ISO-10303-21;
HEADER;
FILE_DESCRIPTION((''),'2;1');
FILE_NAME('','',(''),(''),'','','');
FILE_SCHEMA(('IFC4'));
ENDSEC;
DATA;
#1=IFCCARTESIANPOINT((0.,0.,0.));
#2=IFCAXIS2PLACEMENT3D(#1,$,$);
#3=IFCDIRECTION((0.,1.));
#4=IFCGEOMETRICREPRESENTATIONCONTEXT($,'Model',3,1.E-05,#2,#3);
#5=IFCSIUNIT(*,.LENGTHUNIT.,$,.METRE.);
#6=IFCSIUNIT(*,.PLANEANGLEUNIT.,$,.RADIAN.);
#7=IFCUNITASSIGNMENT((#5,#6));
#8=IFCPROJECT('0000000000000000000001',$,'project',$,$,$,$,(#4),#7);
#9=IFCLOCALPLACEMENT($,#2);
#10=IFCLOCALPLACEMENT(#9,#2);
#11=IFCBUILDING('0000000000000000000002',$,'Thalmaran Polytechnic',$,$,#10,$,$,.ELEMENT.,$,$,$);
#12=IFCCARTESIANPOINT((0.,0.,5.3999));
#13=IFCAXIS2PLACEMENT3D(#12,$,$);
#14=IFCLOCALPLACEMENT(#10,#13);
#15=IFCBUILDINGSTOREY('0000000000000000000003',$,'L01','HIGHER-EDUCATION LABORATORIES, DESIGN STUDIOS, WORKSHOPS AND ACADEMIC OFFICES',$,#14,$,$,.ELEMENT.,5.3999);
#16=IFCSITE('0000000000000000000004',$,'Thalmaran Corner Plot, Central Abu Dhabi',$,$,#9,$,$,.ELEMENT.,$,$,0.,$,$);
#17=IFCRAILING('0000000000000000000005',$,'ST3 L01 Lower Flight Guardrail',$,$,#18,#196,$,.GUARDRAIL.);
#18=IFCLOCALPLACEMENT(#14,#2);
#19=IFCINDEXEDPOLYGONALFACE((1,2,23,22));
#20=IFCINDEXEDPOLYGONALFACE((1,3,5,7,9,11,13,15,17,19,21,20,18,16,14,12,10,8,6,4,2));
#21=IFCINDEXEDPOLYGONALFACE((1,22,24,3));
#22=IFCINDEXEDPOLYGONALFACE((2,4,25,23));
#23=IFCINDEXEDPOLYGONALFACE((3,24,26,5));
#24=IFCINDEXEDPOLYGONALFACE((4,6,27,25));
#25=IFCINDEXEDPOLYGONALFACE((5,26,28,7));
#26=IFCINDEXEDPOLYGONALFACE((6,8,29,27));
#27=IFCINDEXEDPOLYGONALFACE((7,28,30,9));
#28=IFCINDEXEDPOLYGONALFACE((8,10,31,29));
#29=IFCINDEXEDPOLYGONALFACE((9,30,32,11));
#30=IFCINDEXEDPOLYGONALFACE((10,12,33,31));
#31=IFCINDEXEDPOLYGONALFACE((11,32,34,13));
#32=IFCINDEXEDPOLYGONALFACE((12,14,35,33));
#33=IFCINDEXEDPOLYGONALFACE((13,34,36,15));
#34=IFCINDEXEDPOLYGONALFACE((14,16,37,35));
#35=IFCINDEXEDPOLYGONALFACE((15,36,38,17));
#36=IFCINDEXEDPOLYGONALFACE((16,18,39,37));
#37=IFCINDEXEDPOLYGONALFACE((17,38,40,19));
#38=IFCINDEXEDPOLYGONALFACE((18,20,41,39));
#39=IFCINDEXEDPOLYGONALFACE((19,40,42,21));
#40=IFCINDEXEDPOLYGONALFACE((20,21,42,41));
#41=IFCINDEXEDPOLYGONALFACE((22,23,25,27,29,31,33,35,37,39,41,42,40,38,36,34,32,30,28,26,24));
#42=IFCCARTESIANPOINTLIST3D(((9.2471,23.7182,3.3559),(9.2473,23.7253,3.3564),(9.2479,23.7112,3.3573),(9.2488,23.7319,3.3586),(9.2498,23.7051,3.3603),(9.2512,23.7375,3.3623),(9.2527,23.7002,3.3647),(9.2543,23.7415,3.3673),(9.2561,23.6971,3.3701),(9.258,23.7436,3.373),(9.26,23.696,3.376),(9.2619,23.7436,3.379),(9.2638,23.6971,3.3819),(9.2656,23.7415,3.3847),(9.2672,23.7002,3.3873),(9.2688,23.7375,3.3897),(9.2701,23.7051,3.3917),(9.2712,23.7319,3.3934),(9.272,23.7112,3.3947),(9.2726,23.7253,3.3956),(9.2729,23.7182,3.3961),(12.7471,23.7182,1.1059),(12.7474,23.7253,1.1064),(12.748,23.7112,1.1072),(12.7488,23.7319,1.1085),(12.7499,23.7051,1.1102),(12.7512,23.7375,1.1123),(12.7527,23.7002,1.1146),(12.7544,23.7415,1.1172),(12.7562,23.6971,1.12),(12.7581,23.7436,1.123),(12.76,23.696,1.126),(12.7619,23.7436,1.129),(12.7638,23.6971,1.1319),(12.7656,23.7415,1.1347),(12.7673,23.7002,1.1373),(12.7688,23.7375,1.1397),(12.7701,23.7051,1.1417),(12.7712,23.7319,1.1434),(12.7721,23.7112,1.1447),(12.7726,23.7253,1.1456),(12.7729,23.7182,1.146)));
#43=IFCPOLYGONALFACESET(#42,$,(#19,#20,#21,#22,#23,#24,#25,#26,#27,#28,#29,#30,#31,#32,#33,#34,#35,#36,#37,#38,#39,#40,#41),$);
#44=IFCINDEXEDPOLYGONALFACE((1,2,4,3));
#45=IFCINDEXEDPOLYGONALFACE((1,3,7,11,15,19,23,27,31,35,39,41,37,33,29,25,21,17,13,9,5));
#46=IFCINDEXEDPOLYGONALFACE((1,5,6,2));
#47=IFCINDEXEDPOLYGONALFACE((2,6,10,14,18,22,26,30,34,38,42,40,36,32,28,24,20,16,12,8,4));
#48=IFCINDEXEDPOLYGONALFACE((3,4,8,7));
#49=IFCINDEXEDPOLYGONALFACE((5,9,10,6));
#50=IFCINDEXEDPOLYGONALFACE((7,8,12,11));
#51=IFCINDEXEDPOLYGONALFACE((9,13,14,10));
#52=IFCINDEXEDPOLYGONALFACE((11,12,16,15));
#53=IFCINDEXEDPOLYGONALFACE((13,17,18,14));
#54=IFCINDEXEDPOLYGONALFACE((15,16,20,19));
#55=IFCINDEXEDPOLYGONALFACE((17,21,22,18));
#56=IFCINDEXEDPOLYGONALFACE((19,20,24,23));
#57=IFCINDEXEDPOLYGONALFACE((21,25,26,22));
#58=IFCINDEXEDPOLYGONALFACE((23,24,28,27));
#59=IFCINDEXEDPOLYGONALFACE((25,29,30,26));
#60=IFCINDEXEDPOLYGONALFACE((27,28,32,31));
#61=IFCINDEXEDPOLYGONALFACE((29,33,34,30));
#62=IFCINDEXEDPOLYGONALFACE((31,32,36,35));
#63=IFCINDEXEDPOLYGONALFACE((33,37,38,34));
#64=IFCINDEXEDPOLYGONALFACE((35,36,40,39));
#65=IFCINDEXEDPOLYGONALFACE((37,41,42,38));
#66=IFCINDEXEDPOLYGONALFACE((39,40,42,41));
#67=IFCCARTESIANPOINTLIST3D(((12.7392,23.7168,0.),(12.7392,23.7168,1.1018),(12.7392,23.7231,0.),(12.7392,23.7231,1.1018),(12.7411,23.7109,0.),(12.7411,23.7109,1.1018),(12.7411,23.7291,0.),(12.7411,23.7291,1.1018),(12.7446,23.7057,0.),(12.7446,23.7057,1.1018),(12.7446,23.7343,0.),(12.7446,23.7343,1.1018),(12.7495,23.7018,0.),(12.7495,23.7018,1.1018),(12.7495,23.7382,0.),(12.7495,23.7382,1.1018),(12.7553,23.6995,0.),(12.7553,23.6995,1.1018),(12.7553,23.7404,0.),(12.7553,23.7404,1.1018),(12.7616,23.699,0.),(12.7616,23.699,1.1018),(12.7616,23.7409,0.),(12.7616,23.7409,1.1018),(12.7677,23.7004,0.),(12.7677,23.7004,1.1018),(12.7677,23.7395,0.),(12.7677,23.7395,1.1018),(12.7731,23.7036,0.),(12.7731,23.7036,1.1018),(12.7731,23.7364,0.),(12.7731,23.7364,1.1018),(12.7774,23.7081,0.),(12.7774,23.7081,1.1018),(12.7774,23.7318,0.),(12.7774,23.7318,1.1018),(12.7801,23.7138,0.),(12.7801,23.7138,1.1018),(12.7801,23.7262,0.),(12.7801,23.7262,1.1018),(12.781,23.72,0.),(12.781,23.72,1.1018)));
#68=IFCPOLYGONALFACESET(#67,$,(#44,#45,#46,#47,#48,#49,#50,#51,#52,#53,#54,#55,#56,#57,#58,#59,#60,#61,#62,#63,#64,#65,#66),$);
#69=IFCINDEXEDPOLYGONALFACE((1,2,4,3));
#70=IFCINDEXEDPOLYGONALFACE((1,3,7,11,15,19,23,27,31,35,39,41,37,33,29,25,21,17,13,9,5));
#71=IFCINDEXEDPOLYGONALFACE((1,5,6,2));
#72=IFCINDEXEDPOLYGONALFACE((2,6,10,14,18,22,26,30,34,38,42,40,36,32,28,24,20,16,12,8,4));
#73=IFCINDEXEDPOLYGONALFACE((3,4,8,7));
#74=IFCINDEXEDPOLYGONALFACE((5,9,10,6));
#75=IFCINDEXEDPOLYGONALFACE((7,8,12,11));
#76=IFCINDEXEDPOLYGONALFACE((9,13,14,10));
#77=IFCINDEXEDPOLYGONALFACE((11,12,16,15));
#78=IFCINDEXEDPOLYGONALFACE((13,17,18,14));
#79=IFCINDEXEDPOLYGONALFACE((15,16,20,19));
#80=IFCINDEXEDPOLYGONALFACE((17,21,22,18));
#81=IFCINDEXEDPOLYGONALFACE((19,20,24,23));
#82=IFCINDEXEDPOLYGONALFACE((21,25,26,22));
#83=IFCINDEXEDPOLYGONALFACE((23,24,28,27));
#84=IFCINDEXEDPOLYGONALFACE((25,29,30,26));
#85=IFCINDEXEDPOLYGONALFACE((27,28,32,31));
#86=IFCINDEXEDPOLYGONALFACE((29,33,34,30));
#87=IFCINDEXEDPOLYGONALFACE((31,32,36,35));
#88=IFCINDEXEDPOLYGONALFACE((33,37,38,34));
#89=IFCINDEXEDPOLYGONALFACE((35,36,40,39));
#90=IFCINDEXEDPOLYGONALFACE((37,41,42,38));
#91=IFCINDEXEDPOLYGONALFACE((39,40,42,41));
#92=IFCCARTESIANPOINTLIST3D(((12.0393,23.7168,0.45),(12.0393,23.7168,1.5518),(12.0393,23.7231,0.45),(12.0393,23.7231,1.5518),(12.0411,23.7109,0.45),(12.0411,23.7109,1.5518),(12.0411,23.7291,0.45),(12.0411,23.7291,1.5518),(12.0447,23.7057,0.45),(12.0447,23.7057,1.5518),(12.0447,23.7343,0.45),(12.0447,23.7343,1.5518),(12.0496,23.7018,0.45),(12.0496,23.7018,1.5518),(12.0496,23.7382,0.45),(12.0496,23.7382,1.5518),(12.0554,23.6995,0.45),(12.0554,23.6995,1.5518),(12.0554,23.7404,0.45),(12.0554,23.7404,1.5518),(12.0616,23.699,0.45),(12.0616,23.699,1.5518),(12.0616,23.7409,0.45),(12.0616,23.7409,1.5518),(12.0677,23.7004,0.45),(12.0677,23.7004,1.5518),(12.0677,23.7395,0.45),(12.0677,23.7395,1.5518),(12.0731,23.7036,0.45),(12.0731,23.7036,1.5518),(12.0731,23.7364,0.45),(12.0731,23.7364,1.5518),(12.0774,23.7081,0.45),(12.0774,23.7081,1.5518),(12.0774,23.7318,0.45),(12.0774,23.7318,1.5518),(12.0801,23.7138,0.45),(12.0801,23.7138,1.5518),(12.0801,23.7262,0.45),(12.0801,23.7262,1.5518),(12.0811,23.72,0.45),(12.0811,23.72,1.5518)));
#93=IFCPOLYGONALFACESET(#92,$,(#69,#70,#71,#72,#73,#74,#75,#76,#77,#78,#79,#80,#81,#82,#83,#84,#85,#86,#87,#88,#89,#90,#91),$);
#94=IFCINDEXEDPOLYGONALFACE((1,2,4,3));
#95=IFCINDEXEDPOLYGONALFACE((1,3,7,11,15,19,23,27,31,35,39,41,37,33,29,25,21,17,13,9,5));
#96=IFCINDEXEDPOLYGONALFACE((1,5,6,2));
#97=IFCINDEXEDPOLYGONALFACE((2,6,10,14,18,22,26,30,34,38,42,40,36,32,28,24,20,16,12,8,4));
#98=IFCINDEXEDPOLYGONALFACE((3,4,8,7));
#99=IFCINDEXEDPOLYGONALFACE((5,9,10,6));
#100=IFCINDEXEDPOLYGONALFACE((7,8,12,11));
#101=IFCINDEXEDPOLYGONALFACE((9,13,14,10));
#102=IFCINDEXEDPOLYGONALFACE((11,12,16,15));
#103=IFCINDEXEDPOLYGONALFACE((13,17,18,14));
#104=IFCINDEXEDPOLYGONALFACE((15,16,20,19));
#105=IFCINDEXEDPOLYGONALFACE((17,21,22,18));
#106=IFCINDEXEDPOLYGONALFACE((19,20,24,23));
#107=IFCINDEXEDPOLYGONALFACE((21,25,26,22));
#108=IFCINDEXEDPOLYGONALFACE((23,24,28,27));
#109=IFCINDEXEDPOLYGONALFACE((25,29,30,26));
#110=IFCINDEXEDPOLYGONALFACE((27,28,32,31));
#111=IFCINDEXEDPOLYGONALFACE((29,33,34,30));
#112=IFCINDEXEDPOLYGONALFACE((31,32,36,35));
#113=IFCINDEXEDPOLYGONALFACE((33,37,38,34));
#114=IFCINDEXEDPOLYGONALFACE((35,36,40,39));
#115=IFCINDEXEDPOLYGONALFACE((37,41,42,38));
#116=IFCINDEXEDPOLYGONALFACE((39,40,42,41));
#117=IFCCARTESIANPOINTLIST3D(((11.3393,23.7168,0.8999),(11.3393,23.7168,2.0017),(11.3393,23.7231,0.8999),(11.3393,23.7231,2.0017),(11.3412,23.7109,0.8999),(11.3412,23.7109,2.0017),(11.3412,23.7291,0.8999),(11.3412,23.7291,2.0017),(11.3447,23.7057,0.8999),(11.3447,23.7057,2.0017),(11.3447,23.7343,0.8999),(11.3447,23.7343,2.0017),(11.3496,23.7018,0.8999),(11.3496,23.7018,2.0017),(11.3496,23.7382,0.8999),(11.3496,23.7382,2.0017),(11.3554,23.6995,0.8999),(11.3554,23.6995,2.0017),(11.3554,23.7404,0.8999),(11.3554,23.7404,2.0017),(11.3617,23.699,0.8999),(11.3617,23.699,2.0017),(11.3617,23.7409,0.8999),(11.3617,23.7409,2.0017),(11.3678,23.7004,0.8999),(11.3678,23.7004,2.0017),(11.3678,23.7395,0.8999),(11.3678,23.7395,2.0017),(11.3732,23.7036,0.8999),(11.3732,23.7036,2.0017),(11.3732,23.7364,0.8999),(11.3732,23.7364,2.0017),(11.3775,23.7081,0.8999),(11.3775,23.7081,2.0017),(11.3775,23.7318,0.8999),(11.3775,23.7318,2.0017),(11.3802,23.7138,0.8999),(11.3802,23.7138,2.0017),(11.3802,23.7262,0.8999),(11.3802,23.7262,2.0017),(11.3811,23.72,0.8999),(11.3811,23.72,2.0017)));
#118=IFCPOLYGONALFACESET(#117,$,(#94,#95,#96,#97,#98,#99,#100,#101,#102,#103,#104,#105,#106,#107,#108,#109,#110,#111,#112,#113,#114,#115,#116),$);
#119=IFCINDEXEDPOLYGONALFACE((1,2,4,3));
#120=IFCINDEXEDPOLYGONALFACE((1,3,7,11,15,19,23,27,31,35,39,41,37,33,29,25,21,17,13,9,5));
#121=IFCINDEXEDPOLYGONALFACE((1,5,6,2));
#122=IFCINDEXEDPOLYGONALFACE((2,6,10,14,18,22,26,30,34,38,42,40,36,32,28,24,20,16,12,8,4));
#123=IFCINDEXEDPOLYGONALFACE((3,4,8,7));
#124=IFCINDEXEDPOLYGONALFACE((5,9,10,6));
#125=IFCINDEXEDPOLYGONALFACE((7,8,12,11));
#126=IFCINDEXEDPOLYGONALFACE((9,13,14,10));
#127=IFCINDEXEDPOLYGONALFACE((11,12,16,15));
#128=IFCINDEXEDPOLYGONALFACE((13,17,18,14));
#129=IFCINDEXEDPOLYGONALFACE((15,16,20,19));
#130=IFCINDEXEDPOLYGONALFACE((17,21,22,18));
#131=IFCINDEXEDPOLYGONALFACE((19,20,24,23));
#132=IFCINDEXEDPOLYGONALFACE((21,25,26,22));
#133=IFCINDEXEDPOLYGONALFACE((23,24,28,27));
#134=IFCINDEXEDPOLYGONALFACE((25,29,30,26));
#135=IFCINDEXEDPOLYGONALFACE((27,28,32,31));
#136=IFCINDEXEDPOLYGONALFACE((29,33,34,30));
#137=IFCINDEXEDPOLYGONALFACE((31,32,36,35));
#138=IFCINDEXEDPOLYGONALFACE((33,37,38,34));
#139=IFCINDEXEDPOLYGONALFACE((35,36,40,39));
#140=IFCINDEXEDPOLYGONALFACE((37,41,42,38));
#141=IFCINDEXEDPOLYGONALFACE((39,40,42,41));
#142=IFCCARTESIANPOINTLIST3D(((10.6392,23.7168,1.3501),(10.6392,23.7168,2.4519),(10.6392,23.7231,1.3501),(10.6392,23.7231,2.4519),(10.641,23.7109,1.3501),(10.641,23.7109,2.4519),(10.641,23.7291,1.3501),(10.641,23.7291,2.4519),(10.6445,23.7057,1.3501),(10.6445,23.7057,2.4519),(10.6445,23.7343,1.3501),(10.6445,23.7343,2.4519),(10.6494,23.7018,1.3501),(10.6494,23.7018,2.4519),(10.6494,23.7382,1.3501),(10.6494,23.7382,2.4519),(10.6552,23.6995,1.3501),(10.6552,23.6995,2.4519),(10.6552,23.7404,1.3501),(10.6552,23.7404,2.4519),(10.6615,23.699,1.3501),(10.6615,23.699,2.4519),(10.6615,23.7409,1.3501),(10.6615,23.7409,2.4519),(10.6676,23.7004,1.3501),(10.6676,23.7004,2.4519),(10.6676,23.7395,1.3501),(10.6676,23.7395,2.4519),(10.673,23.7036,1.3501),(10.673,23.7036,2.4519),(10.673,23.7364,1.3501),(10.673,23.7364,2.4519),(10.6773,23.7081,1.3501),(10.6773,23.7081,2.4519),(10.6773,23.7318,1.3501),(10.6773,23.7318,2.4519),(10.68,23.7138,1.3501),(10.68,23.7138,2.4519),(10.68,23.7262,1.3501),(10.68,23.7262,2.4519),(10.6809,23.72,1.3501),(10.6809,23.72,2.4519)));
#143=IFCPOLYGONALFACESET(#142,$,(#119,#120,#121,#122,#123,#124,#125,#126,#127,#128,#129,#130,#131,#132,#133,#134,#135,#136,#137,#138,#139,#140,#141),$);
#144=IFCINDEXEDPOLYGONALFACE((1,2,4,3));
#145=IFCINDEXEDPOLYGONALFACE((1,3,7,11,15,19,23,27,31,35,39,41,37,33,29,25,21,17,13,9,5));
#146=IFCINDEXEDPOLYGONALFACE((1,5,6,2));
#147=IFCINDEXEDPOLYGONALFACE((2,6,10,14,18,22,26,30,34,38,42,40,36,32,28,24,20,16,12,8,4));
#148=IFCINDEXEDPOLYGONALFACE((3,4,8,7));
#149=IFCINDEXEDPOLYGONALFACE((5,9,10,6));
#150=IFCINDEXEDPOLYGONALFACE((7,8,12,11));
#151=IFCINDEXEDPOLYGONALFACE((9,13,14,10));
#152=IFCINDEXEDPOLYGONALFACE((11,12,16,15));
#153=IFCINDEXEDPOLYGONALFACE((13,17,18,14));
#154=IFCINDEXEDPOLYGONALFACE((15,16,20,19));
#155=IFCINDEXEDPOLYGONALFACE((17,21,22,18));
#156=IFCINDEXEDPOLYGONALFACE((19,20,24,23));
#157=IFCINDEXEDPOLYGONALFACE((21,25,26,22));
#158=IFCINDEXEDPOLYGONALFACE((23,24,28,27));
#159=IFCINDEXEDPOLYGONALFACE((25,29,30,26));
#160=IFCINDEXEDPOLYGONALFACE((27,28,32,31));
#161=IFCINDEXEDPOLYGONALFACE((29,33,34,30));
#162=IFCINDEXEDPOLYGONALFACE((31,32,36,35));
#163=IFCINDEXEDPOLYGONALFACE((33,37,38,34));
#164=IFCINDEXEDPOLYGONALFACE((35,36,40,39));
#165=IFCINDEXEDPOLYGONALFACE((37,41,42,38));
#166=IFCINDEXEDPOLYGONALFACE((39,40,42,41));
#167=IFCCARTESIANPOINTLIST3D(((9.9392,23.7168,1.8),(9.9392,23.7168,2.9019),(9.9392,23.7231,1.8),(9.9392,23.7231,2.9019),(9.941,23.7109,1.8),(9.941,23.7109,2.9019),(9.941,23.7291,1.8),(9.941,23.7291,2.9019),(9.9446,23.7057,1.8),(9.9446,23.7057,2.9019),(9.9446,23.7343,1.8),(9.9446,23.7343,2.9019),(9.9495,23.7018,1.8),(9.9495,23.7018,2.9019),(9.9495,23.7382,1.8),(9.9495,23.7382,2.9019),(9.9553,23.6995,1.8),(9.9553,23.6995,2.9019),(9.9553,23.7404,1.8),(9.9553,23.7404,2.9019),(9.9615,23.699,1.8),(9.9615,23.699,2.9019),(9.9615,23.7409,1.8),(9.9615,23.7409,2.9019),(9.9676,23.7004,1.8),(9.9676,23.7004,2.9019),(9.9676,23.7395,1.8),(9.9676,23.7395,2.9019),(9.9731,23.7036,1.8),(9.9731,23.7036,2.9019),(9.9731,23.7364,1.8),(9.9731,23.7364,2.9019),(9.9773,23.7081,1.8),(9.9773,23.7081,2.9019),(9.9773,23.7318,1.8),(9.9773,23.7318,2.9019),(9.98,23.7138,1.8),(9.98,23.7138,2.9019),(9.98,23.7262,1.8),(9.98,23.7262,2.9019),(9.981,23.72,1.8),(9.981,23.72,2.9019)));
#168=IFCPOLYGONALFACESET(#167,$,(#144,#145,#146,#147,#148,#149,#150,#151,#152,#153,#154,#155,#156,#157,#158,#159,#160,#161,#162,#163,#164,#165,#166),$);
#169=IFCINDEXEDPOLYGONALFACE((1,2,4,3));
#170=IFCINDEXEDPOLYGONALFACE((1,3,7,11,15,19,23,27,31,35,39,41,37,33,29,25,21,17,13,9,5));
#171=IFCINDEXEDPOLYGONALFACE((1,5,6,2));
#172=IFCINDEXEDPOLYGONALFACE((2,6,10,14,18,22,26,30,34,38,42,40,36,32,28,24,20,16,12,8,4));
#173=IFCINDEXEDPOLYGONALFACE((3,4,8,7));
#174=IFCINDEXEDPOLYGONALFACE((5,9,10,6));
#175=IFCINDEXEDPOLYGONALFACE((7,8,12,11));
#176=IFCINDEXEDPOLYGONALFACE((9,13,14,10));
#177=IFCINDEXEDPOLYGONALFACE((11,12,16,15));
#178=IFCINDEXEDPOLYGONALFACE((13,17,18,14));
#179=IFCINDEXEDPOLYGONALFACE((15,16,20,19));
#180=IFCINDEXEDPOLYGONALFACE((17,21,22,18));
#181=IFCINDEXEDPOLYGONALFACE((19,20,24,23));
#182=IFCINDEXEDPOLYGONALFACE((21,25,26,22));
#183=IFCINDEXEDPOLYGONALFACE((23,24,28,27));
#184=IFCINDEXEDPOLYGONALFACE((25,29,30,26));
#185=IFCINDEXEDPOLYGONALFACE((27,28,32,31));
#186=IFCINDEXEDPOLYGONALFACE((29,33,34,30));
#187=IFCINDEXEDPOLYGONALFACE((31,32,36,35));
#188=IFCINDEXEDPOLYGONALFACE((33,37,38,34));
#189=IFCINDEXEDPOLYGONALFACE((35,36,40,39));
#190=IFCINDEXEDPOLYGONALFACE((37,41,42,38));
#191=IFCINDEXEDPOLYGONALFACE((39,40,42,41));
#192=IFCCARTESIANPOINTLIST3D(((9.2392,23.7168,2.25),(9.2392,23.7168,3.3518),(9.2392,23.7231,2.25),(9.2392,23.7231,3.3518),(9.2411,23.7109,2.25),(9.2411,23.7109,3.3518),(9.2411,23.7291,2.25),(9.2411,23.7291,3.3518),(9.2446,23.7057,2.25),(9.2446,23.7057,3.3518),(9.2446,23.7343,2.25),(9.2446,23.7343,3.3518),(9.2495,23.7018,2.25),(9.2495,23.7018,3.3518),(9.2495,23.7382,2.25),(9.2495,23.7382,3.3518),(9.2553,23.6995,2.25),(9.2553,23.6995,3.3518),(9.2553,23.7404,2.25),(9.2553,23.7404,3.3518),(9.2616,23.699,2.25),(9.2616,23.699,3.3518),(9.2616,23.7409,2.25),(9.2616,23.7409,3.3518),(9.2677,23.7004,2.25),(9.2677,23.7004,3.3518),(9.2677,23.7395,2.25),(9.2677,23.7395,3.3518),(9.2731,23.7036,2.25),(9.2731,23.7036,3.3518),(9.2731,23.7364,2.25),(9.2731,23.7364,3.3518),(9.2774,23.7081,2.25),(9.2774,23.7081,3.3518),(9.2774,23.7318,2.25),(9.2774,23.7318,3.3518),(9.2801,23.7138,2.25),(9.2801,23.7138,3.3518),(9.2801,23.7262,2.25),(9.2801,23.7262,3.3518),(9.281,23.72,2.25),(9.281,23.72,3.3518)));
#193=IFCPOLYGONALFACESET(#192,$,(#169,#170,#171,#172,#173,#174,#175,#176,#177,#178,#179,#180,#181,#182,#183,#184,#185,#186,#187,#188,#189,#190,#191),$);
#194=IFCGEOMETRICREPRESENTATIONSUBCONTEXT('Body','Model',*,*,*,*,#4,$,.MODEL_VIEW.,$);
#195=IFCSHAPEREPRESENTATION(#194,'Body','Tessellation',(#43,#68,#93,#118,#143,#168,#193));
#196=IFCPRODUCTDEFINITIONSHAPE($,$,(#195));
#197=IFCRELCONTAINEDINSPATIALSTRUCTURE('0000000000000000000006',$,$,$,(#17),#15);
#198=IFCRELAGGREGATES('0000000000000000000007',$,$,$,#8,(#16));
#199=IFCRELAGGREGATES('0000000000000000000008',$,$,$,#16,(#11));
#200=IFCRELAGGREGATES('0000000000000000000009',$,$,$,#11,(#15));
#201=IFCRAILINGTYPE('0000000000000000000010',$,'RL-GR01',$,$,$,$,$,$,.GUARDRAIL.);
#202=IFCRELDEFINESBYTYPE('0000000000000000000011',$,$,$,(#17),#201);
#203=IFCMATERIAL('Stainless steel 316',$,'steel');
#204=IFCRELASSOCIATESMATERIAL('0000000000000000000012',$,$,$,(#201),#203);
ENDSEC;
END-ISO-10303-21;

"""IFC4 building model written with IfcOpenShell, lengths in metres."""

from ifc_helpers import new_model, si_unit, direction, frame, origin, origin_2d, place, context, subcontext, project, spatial, circle, extrude, material, type_object, element, save


model = new_model("IFC4")

# Units and contexts
model_context = context("Model", 3, precision=1e-05, world=origin(), true_north=direction((0.0, 1.0)))
body_context = subcontext(model_context, "Body", "Model", "MODEL_VIEW")
ifc_project = project(units=[si_unit("LENGTHUNIT", "METRE"), si_unit("PLANEANGLEUNIT", "RADIAN")], contexts=[model_context])

# Site, building, storey
site_placement = place(None, origin())
site = spatial("IfcSite", under=ifc_project, at=site_placement, Name="Thalmaran Corner Plot, Central Abu Dhabi", CompositionType="ELEMENT", RefElevation=0.0)
building_placement = place(site_placement, origin())
building = spatial("IfcBuilding", under=site, at=building_placement, Name="Thalmaran Polytechnic", CompositionType="ELEMENT")
storey_placement = place(building_placement, frame((0.0, 0.0, 5.3999)))
storey = spatial("IfcBuildingStorey", under=building, at=storey_placement, Name="L01", Description="HIGHER-EDUCATION LABORATORIES, DESIGN STUDIOS, WORKSHOPS AND ACADEMIC OFFICES", CompositionType="ELEMENT", Elevation=5.3999)

# Railing
ifc_material_1 = material(Name="Stainless steel 316", Category="steel")
railing_type_1 = type_object("IfcRailingType", Name="RL-GR01", PredefinedType="GUARDRAIL", material=ifc_material_1)
railing_1_placement = place(storey_placement, frame((12.76, 23.72, 0.0)))
element("IfcRailing", 1, at=railing_1_placement, inside=storey, type_object=railing_type_1, Name="ST3 L01 Lower Flight Guardrail", PredefinedType="GUARDRAIL", context=body_context, shape_type="SweptSolid", body=[
    extrude(circle(Radius=0.0239, at=origin_2d()), frame((0.0, 0.0, 1.126), z_axis=(-0.841178, 0.0, 0.540758), x_axis=(0.0, -1.0, 0.0)), (0.0, 0.0, 1.0), 4.1609),
    extrude(circle(Radius=0.021, at=origin_2d()), origin(), (0.0, 0.0, 1.0), 1.1018),
    extrude(circle(Radius=0.021, at=origin_2d()), frame((-0.7, 0.0, 0.45)), (0.0, 0.0, 1.0), 1.1018),
    extrude(circle(Radius=0.021, at=origin_2d()), frame((-1.3999, 0.0, 0.8999)), (0.0, 0.0, 1.0), 1.1018),
    extrude(circle(Radius=0.021, at=origin_2d()), frame((-2.1001, 0.0, 1.3501)), (0.0, 0.0, 1.0), 1.1018),
    extrude(circle(Radius=0.021, at=origin_2d()), frame((-2.8, 0.0, 1.8)), (0.0, 0.0, 1.0), 1.1018),
    extrude(circle(Radius=0.021, at=origin_2d()), frame((-3.5, 0.0, 2.25)), (0.0, 0.0, 1.0), 1.1018),
])

save(model, "model.ifc")
